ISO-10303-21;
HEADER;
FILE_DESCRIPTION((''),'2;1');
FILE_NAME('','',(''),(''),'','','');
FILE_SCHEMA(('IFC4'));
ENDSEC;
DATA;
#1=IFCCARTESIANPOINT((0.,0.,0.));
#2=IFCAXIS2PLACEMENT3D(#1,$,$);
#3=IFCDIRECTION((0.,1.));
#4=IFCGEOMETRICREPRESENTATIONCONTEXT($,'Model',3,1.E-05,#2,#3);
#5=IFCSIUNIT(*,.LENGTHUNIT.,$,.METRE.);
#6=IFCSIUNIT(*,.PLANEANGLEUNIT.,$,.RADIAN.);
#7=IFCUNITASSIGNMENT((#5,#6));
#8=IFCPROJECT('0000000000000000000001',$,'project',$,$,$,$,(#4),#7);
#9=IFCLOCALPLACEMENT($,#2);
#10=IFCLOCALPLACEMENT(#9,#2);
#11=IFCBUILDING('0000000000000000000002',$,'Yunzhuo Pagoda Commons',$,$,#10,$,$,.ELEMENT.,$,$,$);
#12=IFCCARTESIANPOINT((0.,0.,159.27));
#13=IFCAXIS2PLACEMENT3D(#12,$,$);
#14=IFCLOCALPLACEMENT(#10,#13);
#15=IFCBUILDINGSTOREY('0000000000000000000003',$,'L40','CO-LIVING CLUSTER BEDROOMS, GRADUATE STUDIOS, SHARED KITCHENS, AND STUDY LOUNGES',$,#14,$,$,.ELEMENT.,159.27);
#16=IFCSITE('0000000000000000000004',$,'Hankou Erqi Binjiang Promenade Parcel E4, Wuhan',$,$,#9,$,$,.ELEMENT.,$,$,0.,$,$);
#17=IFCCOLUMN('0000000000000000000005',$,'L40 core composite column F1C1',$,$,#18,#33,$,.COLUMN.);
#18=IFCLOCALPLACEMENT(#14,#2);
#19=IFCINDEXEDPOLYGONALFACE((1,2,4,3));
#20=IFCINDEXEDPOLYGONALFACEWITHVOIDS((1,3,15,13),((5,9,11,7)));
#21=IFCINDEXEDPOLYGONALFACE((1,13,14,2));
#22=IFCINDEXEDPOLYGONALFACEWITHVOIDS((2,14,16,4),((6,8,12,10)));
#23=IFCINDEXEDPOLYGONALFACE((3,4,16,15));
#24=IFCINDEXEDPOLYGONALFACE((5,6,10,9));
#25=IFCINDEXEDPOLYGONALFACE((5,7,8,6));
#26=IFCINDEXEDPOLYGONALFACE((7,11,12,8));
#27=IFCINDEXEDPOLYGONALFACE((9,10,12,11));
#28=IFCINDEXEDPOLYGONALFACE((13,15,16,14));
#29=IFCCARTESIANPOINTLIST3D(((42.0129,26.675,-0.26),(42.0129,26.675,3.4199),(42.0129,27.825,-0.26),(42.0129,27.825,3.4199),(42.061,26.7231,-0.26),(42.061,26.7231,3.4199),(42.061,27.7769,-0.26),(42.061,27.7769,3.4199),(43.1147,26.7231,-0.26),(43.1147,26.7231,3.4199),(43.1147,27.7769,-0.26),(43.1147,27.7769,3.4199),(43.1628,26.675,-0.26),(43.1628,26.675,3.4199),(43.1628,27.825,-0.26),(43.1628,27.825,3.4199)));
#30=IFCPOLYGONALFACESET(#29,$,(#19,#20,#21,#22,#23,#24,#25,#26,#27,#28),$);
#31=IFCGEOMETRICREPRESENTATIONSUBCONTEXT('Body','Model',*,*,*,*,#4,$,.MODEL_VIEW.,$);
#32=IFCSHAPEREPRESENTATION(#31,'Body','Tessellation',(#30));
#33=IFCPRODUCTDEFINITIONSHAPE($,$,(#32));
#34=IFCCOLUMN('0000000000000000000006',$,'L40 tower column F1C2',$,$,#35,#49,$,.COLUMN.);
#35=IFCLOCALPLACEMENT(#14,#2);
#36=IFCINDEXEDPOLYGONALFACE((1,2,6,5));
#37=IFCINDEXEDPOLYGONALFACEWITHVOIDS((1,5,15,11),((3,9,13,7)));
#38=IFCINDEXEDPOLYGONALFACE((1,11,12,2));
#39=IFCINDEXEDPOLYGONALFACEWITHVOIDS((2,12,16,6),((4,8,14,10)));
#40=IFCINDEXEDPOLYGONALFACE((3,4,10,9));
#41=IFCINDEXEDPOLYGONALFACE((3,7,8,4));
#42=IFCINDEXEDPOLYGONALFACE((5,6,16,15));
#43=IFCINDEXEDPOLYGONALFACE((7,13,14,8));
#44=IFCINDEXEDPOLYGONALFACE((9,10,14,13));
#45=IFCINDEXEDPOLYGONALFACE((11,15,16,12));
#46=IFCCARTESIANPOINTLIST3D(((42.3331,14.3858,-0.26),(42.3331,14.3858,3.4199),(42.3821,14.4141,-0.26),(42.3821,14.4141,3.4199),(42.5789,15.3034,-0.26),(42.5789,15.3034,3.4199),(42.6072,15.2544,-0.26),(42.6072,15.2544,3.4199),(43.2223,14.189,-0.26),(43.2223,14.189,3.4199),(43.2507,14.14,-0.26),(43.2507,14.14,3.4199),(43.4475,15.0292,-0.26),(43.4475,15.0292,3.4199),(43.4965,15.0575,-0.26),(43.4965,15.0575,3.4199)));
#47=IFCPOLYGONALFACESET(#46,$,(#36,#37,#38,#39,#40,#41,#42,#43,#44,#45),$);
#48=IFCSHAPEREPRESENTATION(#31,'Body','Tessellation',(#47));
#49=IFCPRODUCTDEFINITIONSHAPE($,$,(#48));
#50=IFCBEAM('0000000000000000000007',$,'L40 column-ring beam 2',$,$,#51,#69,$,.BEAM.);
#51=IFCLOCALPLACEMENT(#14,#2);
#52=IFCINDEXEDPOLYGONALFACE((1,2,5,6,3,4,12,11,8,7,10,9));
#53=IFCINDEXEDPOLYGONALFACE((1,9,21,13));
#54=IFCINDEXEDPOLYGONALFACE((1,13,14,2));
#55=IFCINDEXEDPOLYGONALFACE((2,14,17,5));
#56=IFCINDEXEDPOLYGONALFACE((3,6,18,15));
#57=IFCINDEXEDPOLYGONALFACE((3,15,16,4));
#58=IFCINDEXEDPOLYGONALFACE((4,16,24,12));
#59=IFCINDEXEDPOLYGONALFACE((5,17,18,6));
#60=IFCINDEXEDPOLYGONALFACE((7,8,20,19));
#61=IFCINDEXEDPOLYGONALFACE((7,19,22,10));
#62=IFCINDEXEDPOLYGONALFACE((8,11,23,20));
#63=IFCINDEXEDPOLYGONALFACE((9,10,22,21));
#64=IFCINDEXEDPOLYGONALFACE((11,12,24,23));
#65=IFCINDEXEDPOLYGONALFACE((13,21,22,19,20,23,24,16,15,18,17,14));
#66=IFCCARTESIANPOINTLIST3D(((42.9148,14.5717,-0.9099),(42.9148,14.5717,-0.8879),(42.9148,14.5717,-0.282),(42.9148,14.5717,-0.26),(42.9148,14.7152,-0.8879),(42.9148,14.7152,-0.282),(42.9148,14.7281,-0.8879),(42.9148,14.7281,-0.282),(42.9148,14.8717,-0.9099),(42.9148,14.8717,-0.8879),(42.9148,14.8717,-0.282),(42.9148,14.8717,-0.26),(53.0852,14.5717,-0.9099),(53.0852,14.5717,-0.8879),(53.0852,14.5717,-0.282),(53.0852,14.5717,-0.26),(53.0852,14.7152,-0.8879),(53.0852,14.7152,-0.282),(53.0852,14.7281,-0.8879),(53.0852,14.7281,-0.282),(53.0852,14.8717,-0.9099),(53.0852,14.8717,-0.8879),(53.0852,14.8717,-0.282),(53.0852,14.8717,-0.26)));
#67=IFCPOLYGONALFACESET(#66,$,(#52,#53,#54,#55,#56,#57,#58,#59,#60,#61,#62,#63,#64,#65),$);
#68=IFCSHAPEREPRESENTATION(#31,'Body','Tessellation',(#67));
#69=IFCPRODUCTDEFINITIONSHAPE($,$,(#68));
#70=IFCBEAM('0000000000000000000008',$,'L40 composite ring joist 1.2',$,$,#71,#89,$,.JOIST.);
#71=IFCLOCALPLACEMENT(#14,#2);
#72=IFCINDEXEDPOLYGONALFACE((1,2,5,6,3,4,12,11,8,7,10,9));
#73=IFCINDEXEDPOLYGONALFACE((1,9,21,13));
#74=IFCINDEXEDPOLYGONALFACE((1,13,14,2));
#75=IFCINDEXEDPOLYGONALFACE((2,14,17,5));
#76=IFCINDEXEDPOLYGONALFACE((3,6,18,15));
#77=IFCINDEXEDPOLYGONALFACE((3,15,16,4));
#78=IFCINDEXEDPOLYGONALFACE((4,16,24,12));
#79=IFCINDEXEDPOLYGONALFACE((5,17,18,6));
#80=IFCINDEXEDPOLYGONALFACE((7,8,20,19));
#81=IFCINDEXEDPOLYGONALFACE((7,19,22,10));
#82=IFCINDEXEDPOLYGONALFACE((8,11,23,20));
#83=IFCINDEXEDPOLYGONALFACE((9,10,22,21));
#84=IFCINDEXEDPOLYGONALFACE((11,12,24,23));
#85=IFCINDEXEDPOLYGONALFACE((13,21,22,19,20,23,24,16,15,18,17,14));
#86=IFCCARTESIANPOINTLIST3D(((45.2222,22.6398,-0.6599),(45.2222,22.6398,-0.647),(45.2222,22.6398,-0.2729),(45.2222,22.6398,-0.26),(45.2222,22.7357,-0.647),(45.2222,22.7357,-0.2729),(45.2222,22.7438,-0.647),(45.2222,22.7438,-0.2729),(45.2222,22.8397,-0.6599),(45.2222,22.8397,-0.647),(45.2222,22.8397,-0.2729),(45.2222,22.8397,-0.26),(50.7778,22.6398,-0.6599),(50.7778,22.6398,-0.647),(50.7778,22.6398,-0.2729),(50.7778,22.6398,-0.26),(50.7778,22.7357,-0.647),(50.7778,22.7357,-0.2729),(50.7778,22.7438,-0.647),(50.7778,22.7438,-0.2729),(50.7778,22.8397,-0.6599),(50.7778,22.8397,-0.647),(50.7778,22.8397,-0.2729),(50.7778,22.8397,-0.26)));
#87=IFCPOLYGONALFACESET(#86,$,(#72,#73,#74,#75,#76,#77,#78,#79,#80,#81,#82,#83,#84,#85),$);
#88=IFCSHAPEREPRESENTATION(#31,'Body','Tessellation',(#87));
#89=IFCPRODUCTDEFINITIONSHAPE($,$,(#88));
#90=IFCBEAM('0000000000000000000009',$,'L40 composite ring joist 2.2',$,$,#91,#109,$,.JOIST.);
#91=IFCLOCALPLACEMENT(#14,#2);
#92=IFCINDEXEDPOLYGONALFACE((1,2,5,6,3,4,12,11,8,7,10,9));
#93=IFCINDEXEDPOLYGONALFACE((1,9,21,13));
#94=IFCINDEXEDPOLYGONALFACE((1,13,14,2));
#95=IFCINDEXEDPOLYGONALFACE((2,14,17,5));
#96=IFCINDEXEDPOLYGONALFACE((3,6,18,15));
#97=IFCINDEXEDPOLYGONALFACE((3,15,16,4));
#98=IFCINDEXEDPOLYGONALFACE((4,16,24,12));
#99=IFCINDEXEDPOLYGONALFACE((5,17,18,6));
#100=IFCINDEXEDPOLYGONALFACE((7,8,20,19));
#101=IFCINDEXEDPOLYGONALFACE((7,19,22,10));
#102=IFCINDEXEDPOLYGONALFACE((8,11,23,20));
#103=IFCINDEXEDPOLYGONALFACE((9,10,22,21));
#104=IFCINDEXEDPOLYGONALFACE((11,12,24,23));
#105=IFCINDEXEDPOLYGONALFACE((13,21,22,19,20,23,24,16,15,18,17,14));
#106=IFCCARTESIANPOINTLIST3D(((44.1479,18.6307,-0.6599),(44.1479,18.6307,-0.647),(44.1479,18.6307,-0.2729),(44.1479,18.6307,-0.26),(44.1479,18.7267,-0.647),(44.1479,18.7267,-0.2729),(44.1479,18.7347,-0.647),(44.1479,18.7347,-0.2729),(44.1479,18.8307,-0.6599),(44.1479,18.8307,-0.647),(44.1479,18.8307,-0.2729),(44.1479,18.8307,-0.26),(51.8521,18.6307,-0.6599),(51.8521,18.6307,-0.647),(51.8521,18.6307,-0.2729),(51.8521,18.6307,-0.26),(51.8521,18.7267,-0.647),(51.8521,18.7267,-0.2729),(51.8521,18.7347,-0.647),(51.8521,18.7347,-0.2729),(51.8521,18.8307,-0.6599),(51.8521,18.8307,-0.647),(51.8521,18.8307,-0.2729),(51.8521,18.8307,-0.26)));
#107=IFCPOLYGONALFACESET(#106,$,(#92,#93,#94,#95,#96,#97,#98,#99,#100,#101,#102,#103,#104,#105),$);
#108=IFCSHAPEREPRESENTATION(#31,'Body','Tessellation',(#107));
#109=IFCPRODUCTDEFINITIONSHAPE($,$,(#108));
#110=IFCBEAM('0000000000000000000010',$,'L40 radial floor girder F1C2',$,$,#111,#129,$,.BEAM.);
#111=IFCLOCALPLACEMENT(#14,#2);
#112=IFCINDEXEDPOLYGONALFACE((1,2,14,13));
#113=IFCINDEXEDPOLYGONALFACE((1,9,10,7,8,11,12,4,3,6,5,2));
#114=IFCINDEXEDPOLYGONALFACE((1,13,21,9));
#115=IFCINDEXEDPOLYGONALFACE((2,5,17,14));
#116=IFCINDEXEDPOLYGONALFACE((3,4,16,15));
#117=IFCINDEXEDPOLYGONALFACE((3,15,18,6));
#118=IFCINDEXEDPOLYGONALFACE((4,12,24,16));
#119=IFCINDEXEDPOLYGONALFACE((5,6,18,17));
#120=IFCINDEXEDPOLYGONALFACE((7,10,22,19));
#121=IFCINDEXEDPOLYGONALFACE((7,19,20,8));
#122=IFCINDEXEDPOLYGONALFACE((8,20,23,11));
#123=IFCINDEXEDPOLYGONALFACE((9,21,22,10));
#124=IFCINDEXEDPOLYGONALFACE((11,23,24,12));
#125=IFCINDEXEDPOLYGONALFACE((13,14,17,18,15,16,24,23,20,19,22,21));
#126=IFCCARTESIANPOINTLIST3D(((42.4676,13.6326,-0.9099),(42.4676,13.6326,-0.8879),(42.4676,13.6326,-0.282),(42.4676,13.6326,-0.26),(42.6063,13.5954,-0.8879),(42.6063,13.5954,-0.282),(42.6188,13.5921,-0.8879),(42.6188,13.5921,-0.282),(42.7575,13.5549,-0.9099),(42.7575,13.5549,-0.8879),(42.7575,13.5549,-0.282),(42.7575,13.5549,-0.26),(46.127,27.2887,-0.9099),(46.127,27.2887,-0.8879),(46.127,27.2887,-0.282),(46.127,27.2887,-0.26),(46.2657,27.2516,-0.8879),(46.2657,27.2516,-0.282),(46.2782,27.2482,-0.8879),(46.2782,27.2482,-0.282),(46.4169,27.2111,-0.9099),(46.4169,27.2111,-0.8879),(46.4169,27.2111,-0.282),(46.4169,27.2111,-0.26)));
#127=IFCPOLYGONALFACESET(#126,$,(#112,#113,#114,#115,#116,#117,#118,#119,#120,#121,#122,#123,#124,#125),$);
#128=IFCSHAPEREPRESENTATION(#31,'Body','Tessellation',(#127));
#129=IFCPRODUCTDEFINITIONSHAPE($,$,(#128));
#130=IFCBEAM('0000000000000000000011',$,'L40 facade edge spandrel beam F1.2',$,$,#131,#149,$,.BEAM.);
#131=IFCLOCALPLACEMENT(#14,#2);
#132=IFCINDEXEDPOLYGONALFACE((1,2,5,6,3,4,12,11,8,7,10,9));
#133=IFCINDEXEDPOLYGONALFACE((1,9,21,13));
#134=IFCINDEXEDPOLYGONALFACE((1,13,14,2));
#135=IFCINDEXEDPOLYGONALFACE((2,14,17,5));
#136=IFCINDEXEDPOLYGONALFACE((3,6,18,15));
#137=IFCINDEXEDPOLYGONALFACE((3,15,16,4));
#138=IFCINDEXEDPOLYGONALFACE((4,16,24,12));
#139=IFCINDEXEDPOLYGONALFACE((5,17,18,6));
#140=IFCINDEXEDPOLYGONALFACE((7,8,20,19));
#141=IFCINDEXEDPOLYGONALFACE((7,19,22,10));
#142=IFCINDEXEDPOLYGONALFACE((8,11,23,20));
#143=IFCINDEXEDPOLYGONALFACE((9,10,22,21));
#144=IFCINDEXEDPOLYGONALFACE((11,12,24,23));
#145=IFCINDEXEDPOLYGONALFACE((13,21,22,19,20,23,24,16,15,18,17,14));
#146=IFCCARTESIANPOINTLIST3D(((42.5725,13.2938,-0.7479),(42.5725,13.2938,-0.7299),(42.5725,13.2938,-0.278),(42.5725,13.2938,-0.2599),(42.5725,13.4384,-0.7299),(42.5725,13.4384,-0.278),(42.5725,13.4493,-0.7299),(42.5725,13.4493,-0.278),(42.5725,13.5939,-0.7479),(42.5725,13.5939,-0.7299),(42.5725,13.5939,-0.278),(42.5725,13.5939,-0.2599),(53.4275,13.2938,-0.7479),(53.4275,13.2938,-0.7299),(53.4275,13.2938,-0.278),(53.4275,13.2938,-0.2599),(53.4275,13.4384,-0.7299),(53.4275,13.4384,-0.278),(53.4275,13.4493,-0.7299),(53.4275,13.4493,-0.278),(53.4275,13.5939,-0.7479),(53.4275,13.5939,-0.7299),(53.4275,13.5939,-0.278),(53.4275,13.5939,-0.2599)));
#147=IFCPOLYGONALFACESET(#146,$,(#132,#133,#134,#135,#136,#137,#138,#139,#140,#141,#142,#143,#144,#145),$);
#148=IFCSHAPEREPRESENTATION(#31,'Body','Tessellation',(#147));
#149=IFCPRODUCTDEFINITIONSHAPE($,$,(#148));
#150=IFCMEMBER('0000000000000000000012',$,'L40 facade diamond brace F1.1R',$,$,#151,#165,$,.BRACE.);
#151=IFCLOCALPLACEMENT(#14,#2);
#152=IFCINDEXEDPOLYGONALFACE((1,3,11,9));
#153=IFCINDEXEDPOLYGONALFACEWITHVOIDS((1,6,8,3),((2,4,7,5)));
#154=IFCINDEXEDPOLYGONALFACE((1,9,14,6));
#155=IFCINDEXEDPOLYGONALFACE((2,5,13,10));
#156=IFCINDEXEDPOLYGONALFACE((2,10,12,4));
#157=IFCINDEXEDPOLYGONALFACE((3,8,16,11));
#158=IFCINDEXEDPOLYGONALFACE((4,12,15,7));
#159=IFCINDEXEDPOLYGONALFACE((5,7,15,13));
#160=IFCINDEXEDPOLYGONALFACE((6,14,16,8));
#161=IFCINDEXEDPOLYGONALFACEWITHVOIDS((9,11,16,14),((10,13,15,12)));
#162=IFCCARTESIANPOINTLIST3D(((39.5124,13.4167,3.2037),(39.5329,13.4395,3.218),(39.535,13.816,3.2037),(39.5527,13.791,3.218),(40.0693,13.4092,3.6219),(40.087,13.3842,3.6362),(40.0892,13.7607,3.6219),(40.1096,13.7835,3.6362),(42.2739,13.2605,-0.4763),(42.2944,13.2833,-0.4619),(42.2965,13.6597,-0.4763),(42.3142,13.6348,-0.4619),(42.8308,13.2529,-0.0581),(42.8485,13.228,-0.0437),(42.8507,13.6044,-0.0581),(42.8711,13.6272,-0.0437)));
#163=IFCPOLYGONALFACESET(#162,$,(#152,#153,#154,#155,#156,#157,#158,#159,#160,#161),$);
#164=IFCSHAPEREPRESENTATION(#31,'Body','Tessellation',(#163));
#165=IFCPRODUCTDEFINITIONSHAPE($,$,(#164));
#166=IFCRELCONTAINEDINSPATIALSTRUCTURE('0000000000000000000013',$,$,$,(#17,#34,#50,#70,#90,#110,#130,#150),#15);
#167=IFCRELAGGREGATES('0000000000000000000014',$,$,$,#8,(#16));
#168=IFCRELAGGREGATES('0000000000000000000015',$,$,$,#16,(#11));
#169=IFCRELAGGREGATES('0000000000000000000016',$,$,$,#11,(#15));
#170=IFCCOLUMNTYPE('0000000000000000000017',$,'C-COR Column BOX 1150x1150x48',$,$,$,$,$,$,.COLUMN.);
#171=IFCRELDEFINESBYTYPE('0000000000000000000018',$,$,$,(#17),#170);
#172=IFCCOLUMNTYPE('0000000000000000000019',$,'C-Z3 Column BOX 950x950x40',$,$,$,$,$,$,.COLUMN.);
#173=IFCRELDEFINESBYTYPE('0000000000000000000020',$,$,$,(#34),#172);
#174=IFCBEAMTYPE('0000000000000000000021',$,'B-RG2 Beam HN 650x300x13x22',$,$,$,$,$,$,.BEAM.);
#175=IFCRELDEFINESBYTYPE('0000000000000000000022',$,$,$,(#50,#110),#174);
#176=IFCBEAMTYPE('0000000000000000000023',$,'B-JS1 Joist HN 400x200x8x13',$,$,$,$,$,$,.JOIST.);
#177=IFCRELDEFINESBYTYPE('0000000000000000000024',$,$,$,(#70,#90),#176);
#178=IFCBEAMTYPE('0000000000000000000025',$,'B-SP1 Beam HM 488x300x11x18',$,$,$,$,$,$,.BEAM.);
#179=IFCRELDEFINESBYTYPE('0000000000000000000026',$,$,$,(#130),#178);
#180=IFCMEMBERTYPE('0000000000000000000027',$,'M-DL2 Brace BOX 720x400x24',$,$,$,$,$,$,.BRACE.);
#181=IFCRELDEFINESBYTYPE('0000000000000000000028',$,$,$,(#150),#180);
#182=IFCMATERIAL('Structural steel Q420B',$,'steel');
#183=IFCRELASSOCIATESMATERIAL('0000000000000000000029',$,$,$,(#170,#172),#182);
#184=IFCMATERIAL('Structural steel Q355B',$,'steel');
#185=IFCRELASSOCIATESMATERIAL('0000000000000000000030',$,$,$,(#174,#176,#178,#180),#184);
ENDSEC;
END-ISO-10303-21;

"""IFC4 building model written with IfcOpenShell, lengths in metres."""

from ifc_helpers import new_model, si_unit, direction, frame, origin, origin_2d, place, context, subcontext, project, spatial, hollow_rectangle, i_section, extrude, source, transform, mapped, material, material_profile, profile_set, type_object, element, save


model = new_model("IFC4")

# Units and contexts
model_context = context("Model", 3, precision=1e-05, world=origin(), true_north=direction((0.0, 1.0)))
body_context = subcontext(model_context, "Body", "Model", "MODEL_VIEW")
ifc_project = project(units=[si_unit("LENGTHUNIT", "METRE"), si_unit("PLANEANGLEUNIT", "RADIAN")], contexts=[model_context])

# Site, building, storey
site_placement = place(None, origin())
site = spatial("IfcSite", under=ifc_project, at=site_placement, Name="Hankou Erqi Binjiang Promenade Parcel E4, Wuhan", CompositionType="ELEMENT", RefElevation=0.0)
building_placement = place(site_placement, origin())
building = spatial("IfcBuilding", under=site, at=building_placement, Name="Yunzhuo Pagoda Commons", CompositionType="ELEMENT")
storey_placement = place(building_placement, frame((0.0, 0.0, 159.27)))
storey = spatial("IfcBuildingStorey", under=building, at=storey_placement, Name="L40", Description="CO-LIVING CLUSTER BEDROOMS, GRADUATE STUDIOS, SHARED KITCHENS, AND STUDY LOUNGES", CompositionType="ELEMENT", Elevation=159.27)

# Columns
ifc_material_1 = material(Name="Structural steel Q420B", Category="steel")
ifc_material_profile_1 = material_profile(ifc_material_1, hollow_rectangle(XDim=1.1499, YDim=1.1499, WallThickness=0.0481, at=origin_2d()), Name="Structural steel Q420B")
ifc_profile_set_1 = profile_set([ifc_material_profile_1], Name="Structural steel Q420B")
column_type_1 = type_object("IfcColumnType", Name="C-COR Column BOX 1150x1150x48", PredefinedType="COLUMN", material=ifc_profile_set_1)
shared_shape_1 = source(origin(), body_context, "Body", "SweptSolid", [
    extrude(hollow_rectangle(XDim=1.1499, YDim=1.1499, WallThickness=0.0481, at=origin_2d()), origin(), (0.0, 0.0, 1.0), 3.6799),
])
column_1_placement = place(storey_placement, frame((42.5879, 27.25, -0.26), z_axis=(0.0, 0.0, 1.0), x_axis=(1.0, 0.0, 0.0)))
element("IfcColumn", 1, at=column_1_placement, inside=storey, type_object=column_type_1, Name="L40 core composite column F1C1", PredefinedType="COLUMN", context=body_context, shape_type="MappedRepresentation", body=[
    mapped(shared_shape_1, transform((0.0, 0.0, 0.0), scale=1.0)),
])
ifc_material_profile_2 = material_profile(ifc_material_1, hollow_rectangle(XDim=0.95, YDim=0.95, WallThickness=0.04, at=origin_2d()), Name="Structural steel Q420B")
ifc_profile_set_2 = profile_set([ifc_material_profile_2], Name="Structural steel Q420B")
column_type_2 = type_object("IfcColumnType", Name="C-Z3 Column BOX 950x950x40", PredefinedType="COLUMN", material=ifc_profile_set_2)
shared_shape_2 = source(origin(), body_context, "Body", "SweptSolid", [
    extrude(hollow_rectangle(XDim=0.95, YDim=0.95, WallThickness=0.04, at=origin_2d()), origin(), (0.0, 0.0, 1.0), 3.6799),
])
column_2_placement = place(storey_placement, frame((42.9148, 14.7217, -0.26), z_axis=(0.0, 0.0, 1.0), x_axis=(0.965926, -0.258819, 0.0)))
element("IfcColumn", 2, at=column_2_placement, inside=storey, type_object=column_type_2, Name="L40 tower column F1C2", PredefinedType="COLUMN", context=body_context, shape_type="MappedRepresentation", body=[
    mapped(shared_shape_2, transform((0.0, 0.0, 0.0), scale=1.0)),
])

# Beams
ifc_material_2 = material(Name="Structural steel Q355B", Category="steel")
ifc_material_profile_3 = material_profile(ifc_material_2, i_section(OverallWidth=0.3, OverallDepth=0.6499, WebThickness=0.0129, FlangeThickness=0.022, at=origin_2d()), Name="Structural steel Q355B")
ifc_profile_set_3 = profile_set([ifc_material_profile_3], Name="Structural steel Q355B")
beam_type_1 = type_object("IfcBeamType", Name="B-RG2 Beam HN 650x300x13x22", PredefinedType="BEAM", material=ifc_profile_set_3)
shared_shape_3 = source(origin(), body_context, "Body", "SweptSolid", [
    extrude(i_section(OverallWidth=0.3, OverallDepth=0.6499, WebThickness=0.0129, FlangeThickness=0.022, at=origin_2d()), origin(), (0.0, 0.0, 1.0), 10.1704),
])
beam_1_placement = place(storey_placement, frame((42.9148, 14.7217, -0.585), z_axis=(1.0, 0.0, 0.0), x_axis=(0.0, 1.0, 0.0)))
element("IfcBeam", 3, at=beam_1_placement, inside=storey, type_object=beam_type_1, Name="L40 column-ring beam 2", PredefinedType="BEAM", context=body_context, shape_type="MappedRepresentation", body=[
    mapped(shared_shape_3, transform((0.0, 0.0, 0.0), scale=1.0)),
])
ifc_material_profile_4 = material_profile(ifc_material_2, i_section(OverallWidth=0.2, OverallDepth=0.3999, WebThickness=0.0081, FlangeThickness=0.0129, at=origin_2d()), Name="Structural steel Q355B")
ifc_profile_set_4 = profile_set([ifc_material_profile_4], Name="Structural steel Q355B")
beam_type_2 = type_object("IfcBeamType", Name="B-JS1 Joist HN 400x200x8x13", PredefinedType="JOIST", material=ifc_profile_set_4)
shared_shape_4 = source(origin(), body_context, "Body", "SweptSolid", [
    extrude(i_section(OverallWidth=0.2, OverallDepth=0.3999, WebThickness=0.0081, FlangeThickness=0.0129, at=origin_2d()), origin(), (0.0, 0.0, 1.0), 5.5557),
])
beam_2_placement = place(storey_placement, frame((45.2222, 22.7397, -0.46), z_axis=(1.0, 0.0, 0.0), x_axis=(0.0, 1.0, 0.0)))
element("IfcBeam", 4, at=beam_2_placement, inside=storey, type_object=beam_type_2, Name="L40 composite ring joist 1.2", PredefinedType="JOIST", context=body_context, shape_type="MappedRepresentation", body=[
    mapped(shared_shape_4, transform((0.0, 0.0, 0.0), scale=1.0)),
])
shared_shape_5 = source(origin(), body_context, "Body", "SweptSolid", [
    extrude(i_section(OverallWidth=0.2, OverallDepth=0.3999, WebThickness=0.0081, FlangeThickness=0.0129, at=origin_2d()), origin(), (0.0, 0.0, 1.0), 7.7041),
])
beam_3_placement = place(storey_placement, frame((44.1479, 18.7307, -0.46), z_axis=(1.0, 0.0, 0.0), x_axis=(0.0, 1.0, 0.0)))
element("IfcBeam", 5, at=beam_3_placement, inside=storey, type_object=beam_type_2, Name="L40 composite ring joist 2.2", PredefinedType="JOIST", context=body_context, shape_type="MappedRepresentation", body=[
    mapped(shared_shape_5, transform((0.0, 0.0, 0.0), scale=1.0)),
])
shared_shape_6 = source(origin(), body_context, "Body", "SweptSolid", [
    extrude(i_section(OverallWidth=0.3, OverallDepth=0.6499, WebThickness=0.0129, FlangeThickness=0.022, at=origin_2d()), origin(), (0.0, 0.0, 1.0), 14.1379),
])
beam_4_placement = place(storey_placement, frame((42.6125, 13.5938, -0.585), z_axis=(0.258835, 0.965922, 0.0), x_axis=(-0.965922, 0.258835, 0.0)))
element("IfcBeam", 6, at=beam_4_placement, inside=storey, type_object=beam_type_1, Name="L40 radial floor girder F1C2", PredefinedType="BEAM", context=body_context, shape_type="MappedRepresentation", body=[
    mapped(shared_shape_6, transform((0.0, 0.0, 0.0), scale=1.0)),
])
ifc_material_profile_5 = material_profile(ifc_material_2, i_section(OverallWidth=0.3, OverallDepth=0.488, WebThickness=0.011, FlangeThickness=0.0181, at=origin_2d()), Name="Structural steel Q355B")
ifc_profile_set_5 = profile_set([ifc_material_profile_5], Name="Structural steel Q355B")
beam_type_3 = type_object("IfcBeamType", Name="B-SP1 Beam HM 488x300x11x18", PredefinedType="BEAM", material=ifc_profile_set_5)
shared_shape_7 = source(origin(), body_context, "Body", "SweptSolid", [
    extrude(i_section(OverallWidth=0.3, OverallDepth=0.488, WebThickness=0.011, FlangeThickness=0.0181, at=origin_2d()), origin(), (0.0, 0.0, 1.0), 10.855),
])
beam_5_placement = place(storey_placement, frame((42.5725, 13.4438, -0.5039), z_axis=(1.0, 0.0, 0.0), x_axis=(0.0, 1.0, 0.0)))
element("IfcBeam", 7, at=beam_5_placement, inside=storey, type_object=beam_type_3, Name="L40 facade edge spandrel beam F1.2", PredefinedType="BEAM", context=body_context, shape_type="MappedRepresentation", body=[
    mapped(shared_shape_7, transform((0.0, 0.0, 0.0), scale=1.0)),
])

# Member
ifc_material_profile_6 = material_profile(ifc_material_2, hollow_rectangle(XDim=0.3999, YDim=0.72, WallThickness=0.0239, at=origin_2d()), Name="Structural steel Q355B")
ifc_profile_set_6 = profile_set([ifc_material_profile_6], Name="Structural steel Q355B")
member_type_1 = type_object("IfcMemberType", Name="M-DL2 Brace BOX 720x400x24", PredefinedType="BRACE", material=ifc_profile_set_6)
shared_shape_8 = source(origin(), body_context, "Body", "SweptSolid", [
    extrude(hollow_rectangle(XDim=0.3999, YDim=0.72, WallThickness=0.0239, at=origin_2d()), origin(), (0.0, 0.0, 1.0), 4.6035),
])
member_1_placement = place(storey_placement, frame((42.5725, 13.4438, -0.26), z_axis=(-0.599866, 0.033942, 0.79938), x_axis=(-0.056492, -0.998403, 0.0)))
element("IfcMember", 8, at=member_1_placement, inside=storey, type_object=member_type_1, Name="L40 facade diamond brace F1.1R", PredefinedType="BRACE", context=body_context, shape_type="MappedRepresentation", body=[
    mapped(shared_shape_8, transform((0.0, 0.0, 0.0), scale=1.0)),
])

save(model, "model.ifc")
